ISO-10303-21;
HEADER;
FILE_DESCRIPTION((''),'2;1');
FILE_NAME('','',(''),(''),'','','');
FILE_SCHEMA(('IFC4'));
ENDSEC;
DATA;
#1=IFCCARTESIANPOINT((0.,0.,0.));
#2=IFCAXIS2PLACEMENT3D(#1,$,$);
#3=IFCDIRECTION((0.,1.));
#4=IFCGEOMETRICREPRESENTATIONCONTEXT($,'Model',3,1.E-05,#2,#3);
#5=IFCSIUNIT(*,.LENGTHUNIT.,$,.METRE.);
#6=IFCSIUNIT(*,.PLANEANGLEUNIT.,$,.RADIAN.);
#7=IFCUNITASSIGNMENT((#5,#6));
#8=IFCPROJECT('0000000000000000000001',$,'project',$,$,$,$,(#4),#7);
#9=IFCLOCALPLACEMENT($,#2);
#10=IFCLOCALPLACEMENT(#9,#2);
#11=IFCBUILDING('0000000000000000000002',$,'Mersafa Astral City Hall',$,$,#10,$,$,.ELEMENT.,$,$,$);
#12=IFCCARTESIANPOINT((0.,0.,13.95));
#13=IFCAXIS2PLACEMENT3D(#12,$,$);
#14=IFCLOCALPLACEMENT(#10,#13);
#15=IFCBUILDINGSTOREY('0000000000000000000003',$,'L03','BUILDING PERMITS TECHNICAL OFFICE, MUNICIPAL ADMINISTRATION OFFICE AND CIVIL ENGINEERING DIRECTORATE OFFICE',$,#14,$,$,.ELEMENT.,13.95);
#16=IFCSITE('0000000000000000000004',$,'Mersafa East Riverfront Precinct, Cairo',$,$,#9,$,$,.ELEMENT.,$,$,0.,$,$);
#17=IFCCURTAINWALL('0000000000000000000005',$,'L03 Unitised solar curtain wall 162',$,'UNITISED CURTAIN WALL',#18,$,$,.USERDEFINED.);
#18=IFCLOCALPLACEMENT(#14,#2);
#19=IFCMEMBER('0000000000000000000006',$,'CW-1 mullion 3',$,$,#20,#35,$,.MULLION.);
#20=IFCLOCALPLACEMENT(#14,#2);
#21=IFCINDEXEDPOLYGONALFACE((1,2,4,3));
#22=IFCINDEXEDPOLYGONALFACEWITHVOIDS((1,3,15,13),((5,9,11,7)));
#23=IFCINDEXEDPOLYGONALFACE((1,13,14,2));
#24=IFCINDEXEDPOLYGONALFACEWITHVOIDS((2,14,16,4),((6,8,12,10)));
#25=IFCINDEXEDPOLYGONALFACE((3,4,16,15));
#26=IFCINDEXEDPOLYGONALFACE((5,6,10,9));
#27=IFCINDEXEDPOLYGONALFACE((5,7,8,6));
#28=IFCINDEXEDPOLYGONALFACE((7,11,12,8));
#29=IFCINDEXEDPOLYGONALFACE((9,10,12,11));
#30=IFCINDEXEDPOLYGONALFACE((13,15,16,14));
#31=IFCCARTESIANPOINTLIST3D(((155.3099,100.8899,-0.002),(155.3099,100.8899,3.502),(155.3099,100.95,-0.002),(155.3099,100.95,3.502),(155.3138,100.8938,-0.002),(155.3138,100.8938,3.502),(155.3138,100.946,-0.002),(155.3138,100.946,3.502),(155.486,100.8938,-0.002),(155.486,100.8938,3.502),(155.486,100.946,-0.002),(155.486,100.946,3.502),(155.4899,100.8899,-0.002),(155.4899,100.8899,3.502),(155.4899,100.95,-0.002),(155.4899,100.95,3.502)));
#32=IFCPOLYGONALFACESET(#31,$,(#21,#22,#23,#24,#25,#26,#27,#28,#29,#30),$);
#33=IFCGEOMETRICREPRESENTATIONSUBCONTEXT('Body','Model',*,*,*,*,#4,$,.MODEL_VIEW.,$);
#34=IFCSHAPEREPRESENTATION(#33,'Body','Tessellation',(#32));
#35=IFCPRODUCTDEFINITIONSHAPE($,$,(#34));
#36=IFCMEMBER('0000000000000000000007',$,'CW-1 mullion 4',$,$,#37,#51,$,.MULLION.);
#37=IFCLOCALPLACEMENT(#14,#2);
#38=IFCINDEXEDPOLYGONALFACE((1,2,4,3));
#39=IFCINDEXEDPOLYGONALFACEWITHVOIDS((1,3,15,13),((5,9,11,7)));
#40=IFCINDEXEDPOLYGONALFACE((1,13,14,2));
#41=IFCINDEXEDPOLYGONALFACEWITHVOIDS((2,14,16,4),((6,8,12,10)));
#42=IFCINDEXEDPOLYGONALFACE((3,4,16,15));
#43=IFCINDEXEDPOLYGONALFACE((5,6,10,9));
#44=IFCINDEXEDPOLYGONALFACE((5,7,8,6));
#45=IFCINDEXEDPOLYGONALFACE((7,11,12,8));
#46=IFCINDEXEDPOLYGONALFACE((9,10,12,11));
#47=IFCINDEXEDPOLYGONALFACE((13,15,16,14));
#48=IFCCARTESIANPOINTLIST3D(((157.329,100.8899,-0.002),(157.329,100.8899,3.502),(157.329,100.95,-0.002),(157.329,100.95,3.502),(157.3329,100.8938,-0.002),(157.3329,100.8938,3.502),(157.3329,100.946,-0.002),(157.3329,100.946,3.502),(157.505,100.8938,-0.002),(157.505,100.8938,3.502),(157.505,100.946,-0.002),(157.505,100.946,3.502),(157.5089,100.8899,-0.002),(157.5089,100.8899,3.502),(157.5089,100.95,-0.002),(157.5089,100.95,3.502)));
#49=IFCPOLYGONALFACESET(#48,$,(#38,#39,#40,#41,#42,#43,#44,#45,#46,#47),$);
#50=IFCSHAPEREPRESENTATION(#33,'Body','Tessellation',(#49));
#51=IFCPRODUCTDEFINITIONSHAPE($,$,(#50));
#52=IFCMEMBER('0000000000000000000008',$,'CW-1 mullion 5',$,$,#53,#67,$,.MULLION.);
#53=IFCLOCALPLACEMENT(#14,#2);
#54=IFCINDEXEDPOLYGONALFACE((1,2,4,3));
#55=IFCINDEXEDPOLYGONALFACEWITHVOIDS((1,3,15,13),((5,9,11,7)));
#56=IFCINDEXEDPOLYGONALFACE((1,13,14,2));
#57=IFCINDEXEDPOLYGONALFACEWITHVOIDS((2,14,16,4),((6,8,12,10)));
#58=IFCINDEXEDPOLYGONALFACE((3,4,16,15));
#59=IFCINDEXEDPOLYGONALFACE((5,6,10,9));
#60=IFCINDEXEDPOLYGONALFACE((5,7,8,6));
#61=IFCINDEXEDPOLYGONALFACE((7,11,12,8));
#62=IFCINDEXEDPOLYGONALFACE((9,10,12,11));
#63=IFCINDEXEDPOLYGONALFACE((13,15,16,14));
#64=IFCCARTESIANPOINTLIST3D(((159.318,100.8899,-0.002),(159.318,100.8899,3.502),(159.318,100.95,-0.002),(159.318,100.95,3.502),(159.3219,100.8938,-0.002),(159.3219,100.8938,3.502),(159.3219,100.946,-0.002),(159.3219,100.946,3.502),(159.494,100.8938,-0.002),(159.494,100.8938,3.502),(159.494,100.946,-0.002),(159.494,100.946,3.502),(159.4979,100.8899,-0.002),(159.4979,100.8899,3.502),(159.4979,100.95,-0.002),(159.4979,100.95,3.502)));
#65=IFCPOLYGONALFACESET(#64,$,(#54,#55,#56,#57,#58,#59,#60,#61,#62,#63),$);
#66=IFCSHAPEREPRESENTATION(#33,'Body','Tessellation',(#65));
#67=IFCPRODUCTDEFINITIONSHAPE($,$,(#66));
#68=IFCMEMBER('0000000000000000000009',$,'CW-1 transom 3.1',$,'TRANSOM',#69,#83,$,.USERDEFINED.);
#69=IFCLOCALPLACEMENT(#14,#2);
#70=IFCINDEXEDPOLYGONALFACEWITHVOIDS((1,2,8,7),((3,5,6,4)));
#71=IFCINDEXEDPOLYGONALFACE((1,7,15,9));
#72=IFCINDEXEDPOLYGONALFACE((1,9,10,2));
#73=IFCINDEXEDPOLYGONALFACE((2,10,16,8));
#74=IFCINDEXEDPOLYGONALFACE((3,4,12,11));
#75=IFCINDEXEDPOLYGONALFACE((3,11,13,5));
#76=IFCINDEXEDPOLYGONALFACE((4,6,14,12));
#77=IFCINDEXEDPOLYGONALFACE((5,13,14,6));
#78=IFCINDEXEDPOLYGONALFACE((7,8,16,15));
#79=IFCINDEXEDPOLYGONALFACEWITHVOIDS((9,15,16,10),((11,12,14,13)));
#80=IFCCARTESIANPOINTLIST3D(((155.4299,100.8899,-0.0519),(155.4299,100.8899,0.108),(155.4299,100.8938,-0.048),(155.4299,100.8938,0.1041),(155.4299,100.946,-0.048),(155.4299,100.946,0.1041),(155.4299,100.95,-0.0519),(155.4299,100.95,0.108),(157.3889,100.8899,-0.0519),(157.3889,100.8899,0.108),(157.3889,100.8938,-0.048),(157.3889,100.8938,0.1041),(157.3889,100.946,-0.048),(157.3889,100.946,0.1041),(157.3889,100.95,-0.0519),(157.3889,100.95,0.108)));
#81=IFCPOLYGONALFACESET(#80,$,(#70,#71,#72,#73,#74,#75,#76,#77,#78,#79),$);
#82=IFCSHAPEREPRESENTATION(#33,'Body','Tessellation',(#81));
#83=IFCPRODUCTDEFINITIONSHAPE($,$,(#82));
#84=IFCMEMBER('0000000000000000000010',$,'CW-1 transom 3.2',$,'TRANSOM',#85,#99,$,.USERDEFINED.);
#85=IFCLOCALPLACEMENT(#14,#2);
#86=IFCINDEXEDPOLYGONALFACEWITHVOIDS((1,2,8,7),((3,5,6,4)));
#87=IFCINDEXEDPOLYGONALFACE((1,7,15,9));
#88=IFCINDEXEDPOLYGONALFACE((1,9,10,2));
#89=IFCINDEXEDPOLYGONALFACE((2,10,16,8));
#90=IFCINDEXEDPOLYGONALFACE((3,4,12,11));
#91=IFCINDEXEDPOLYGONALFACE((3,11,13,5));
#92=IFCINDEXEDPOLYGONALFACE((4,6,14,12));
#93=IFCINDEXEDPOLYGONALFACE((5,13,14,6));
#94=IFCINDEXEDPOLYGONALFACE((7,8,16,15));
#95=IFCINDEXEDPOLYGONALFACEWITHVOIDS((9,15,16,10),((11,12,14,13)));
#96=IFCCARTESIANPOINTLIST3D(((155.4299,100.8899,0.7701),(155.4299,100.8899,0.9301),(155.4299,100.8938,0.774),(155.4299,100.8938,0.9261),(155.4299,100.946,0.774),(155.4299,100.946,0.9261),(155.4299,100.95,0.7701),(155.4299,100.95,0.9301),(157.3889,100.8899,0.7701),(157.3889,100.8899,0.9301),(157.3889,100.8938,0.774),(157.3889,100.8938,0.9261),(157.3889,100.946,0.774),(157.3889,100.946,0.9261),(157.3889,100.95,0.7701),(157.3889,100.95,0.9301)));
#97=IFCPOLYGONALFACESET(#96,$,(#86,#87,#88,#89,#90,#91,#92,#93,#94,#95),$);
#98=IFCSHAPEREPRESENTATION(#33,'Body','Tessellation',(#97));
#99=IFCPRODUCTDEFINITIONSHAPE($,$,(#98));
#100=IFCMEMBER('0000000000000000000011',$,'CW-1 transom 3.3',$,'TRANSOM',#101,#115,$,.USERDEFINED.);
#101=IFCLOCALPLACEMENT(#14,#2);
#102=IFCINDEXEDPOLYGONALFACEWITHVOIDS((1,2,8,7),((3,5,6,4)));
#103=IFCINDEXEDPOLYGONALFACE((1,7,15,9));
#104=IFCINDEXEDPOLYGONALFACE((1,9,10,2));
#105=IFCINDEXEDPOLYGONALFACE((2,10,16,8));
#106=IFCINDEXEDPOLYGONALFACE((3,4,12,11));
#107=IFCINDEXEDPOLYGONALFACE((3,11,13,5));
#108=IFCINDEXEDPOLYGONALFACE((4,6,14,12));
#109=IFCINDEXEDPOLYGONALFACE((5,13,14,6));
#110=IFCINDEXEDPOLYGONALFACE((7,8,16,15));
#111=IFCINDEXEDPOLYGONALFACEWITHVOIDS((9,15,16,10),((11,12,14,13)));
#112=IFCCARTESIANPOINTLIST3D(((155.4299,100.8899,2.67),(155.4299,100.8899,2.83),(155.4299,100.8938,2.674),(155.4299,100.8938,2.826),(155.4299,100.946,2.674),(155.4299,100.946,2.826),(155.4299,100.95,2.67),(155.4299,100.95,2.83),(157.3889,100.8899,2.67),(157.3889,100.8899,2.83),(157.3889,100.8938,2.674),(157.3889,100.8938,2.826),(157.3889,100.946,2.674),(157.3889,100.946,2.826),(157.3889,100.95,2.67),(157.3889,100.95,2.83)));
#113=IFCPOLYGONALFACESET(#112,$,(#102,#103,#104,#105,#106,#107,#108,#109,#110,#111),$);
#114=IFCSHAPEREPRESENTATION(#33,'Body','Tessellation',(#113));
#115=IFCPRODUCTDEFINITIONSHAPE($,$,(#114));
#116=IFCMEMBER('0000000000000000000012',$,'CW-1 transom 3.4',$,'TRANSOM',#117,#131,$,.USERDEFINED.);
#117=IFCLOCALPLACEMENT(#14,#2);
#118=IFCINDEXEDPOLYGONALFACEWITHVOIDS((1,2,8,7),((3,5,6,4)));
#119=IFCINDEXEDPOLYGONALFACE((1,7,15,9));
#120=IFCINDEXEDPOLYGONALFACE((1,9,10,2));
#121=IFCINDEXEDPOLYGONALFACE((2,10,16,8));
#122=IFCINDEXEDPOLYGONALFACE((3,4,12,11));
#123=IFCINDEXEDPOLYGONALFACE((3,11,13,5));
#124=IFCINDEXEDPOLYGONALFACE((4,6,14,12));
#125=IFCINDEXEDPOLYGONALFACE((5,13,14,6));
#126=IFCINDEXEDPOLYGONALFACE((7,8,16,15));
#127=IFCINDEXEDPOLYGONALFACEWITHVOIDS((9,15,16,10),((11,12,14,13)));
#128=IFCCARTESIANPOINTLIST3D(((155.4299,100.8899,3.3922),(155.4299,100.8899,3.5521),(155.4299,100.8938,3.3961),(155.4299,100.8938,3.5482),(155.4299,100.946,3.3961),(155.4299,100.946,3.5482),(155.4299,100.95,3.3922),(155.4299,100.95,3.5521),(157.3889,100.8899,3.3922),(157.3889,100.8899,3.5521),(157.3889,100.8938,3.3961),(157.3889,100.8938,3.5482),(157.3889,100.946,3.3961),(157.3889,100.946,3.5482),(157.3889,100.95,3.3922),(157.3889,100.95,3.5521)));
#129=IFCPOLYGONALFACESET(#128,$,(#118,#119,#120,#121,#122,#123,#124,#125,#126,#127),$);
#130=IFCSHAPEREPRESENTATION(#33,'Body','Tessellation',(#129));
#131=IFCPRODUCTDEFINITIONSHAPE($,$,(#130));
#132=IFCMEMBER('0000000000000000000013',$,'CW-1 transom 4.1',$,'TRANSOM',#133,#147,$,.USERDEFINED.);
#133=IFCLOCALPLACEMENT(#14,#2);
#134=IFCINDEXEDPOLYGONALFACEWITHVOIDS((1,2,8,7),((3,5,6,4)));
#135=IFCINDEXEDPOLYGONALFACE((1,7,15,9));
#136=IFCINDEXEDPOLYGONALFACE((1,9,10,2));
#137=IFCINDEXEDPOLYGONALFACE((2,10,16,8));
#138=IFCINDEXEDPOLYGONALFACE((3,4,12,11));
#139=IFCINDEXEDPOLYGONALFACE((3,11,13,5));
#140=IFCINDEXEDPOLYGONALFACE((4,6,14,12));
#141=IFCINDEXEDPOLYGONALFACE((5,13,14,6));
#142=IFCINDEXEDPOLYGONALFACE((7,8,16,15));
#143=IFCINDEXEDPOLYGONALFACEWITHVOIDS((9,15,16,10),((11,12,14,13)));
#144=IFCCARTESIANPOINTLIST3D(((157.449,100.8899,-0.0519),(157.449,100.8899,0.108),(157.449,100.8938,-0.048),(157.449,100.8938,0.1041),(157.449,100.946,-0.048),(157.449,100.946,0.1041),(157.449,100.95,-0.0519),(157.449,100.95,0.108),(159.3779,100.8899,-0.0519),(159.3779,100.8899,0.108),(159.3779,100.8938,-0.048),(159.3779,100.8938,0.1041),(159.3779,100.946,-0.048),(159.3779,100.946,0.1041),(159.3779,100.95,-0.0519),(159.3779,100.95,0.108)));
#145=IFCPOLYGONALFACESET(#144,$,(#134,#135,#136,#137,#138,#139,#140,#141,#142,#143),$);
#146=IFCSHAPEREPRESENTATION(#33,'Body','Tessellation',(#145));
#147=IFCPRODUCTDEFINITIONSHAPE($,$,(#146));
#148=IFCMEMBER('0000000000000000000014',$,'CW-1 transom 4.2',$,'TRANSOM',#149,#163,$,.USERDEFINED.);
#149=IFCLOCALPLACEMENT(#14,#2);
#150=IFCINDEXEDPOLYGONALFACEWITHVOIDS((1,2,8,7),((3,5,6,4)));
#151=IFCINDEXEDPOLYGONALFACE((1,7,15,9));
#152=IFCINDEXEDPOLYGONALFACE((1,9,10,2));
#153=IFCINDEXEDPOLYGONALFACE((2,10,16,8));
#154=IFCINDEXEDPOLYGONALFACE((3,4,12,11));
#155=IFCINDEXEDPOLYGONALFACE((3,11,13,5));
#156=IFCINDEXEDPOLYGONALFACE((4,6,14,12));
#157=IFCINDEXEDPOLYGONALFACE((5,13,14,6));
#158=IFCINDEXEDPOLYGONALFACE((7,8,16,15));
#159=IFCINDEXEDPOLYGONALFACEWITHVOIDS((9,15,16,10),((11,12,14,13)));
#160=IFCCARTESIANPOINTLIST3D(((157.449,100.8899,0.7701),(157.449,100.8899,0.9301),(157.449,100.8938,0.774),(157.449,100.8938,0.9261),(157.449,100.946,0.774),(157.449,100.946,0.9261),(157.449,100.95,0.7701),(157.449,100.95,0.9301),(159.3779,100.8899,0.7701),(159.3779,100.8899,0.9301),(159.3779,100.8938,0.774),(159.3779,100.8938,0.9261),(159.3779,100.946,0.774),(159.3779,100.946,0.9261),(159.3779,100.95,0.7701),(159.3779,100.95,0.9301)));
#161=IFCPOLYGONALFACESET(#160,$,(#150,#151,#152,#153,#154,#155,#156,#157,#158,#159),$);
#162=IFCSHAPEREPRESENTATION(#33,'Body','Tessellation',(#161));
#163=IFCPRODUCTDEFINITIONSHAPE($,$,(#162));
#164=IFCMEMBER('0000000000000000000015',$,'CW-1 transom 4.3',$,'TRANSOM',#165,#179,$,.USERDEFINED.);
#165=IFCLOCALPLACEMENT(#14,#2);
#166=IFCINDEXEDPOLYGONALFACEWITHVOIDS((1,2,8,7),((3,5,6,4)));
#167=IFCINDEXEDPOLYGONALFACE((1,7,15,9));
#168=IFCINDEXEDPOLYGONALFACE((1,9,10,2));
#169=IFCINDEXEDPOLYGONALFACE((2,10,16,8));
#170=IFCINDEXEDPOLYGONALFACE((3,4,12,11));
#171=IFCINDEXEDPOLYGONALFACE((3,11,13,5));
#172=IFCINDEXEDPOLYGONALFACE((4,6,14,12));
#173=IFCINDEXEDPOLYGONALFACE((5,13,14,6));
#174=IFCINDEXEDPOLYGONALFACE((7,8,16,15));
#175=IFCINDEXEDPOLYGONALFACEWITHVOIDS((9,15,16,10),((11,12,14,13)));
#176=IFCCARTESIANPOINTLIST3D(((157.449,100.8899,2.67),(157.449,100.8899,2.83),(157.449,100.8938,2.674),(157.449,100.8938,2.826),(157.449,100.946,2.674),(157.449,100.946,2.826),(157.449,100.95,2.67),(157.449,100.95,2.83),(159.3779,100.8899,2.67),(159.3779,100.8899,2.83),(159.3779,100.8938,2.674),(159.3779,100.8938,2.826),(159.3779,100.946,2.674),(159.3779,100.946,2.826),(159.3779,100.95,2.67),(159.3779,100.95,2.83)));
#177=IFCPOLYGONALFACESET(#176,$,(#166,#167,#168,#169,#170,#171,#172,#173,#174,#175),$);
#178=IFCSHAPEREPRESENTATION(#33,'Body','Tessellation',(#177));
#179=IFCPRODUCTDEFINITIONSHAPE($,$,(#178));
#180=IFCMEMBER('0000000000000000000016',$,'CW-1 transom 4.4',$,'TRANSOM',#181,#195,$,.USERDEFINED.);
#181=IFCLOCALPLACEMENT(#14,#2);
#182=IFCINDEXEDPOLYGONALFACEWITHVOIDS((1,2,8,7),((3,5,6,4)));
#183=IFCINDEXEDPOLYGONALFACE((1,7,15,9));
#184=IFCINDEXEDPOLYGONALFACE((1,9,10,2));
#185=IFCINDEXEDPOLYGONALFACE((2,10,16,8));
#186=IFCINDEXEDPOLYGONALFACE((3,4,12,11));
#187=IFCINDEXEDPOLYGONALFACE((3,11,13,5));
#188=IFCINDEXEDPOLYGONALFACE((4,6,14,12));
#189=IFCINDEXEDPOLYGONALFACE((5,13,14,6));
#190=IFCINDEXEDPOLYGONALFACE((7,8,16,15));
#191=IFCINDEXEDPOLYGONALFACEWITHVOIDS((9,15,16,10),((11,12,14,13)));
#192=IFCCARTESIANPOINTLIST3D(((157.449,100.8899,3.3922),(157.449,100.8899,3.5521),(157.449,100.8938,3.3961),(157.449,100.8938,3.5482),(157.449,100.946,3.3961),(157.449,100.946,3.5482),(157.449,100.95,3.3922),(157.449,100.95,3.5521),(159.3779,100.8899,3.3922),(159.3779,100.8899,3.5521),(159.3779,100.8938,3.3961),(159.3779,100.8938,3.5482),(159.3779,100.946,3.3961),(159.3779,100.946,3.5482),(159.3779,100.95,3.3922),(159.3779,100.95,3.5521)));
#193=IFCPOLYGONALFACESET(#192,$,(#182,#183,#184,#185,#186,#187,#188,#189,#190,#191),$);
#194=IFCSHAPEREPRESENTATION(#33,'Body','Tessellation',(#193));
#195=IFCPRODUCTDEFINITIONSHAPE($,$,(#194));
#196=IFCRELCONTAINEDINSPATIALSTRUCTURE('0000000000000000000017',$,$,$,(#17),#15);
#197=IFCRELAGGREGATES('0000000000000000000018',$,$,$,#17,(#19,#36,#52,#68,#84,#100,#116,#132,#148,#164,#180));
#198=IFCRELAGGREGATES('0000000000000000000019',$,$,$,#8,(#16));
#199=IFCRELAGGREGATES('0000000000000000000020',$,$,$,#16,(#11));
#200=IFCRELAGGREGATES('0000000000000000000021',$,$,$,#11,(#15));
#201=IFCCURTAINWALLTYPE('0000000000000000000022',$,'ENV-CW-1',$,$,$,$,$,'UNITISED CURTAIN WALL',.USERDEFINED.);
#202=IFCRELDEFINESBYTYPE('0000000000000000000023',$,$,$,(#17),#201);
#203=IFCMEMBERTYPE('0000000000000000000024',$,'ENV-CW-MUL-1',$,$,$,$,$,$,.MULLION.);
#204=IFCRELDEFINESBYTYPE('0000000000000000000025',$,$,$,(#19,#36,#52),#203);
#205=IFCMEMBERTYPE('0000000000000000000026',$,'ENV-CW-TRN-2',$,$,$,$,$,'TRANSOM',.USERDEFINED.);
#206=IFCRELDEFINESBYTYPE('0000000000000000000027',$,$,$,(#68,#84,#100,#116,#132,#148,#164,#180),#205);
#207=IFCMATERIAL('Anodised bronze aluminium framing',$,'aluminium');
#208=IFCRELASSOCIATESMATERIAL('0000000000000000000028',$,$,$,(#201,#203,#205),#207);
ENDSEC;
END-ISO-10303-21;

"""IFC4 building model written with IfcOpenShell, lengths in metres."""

from ifc_helpers import new_model, si_unit, direction, frame, origin, origin_2d, place, context, subcontext, project, spatial, hollow_rectangle, extrude, material, material_profile, profile_set, type_object, element, aggregate, save


model = new_model("IFC4")

# Units and contexts
model_context = context("Model", 3, precision=1e-05, world=origin(), true_north=direction((0.0, 1.0)))
body_context = subcontext(model_context, "Body", "Model", "MODEL_VIEW")
ifc_project = project(units=[si_unit("LENGTHUNIT", "METRE"), si_unit("PLANEANGLEUNIT", "RADIAN")], contexts=[model_context])

# Site, building, storey
site_placement = place(None, origin())
site = spatial("IfcSite", under=ifc_project, at=site_placement, Name="Mersafa East Riverfront Precinct, Cairo", CompositionType="ELEMENT", RefElevation=0.0)
building_placement = place(site_placement, origin())
building = spatial("IfcBuilding", under=site, at=building_placement, Name="Mersafa Astral City Hall", CompositionType="ELEMENT")
storey_placement = place(building_placement, frame((0.0, 0.0, 13.95)))
storey = spatial("IfcBuildingStorey", under=building, at=storey_placement, Name="L03", Description="BUILDING PERMITS TECHNICAL OFFICE, MUNICIPAL ADMINISTRATION OFFICE AND CIVIL ENGINEERING DIRECTORATE OFFICE", CompositionType="ELEMENT", Elevation=13.95)

# Curtain wall, members
ifc_material_1 = material(Name="Anodised bronze aluminium framing", Category="aluminium")
curtain_wall_type = type_object("IfcCurtainWallType", Name="ENV-CW-1", ElementType="UNITISED CURTAIN WALL", PredefinedType="USERDEFINED", material=ifc_material_1)
curtain_wall_placement = place(storey_placement, origin())
curtain_wall = element("IfcCurtainWall", 1, at=curtain_wall_placement, inside=storey, type_object=curtain_wall_type, Name="L03 Unitised solar curtain wall 162", ObjectType="UNITISED CURTAIN WALL", PredefinedType="USERDEFINED")
ifc_material_profile_1 = material_profile(ifc_material_1, hollow_rectangle(XDim=0.0601, YDim=0.1799, WallThickness=0.0039, at=origin_2d()), Name="RHS 60x180x4")
ifc_profile_set_1 = profile_set([ifc_material_profile_1], Name="Anodised bronze aluminium framing")
member_type_1 = type_object("IfcMemberType", Name="ENV-CW-MUL-1", PredefinedType="MULLION", material=ifc_profile_set_1)
member_1_placement = place(storey_placement, frame((155.3999, 100.9199, -0.002), z_axis=(0.0, 0.0, 1.0), x_axis=(0.0, 1.0, 0.0)))
member_1 = element("IfcMember", 2, at=member_1_placement, type_object=member_type_1, Name="CW-1 mullion 3", PredefinedType="MULLION", context=body_context, shape_type="SweptSolid", body=[
    extrude(hollow_rectangle(XDim=0.0601, YDim=0.1799, WallThickness=0.0039, at=origin_2d()), origin(), (0.0, 0.0, 1.0), 3.5039),
])
member_2_placement = place(storey_placement, frame((157.4189, 100.9199, -0.002), z_axis=(0.0, 0.0, 1.0), x_axis=(0.0, 1.0, 0.0)))
member_2 = element("IfcMember", 3, at=member_2_placement, type_object=member_type_1, Name="CW-1 mullion 4", PredefinedType="MULLION", context=body_context, shape_type="SweptSolid", body=[
    extrude(hollow_rectangle(XDim=0.0601, YDim=0.1799, WallThickness=0.0039, at=origin_2d()), origin(), (0.0, 0.0, 1.0), 3.5039),
])
member_3_placement = place(storey_placement, frame((159.408, 100.9199, -0.002), z_axis=(0.0, 0.0, 1.0), x_axis=(0.0, 1.0, 0.0)))
member_3 = element("IfcMember", 4, at=member_3_placement, type_object=member_type_1, Name="CW-1 mullion 5", PredefinedType="MULLION", context=body_context, shape_type="SweptSolid", body=[
    extrude(hollow_rectangle(XDim=0.0601, YDim=0.1799, WallThickness=0.0039, at=origin_2d()), origin(), (0.0, 0.0, 1.0), 3.5039),
])
ifc_material_profile_2 = material_profile(ifc_material_1, hollow_rectangle(XDim=0.0601, YDim=0.1599, WallThickness=0.0039, at=origin_2d()), Name="RHS 60x160x4")
ifc_profile_set_2 = profile_set([ifc_material_profile_2], Name="Anodised bronze aluminium framing")
member_type_2 = type_object("IfcMemberType", Name="ENV-CW-TRN-2", ElementType="TRANSOM", PredefinedType="USERDEFINED", material=ifc_profile_set_2)
member_4_placement = place(storey_placement, frame((155.4299, 100.9199, 0.0281), z_axis=(1.0, 0.0, 0.0), x_axis=(0.0, 1.0, 0.0)))
member_4 = element("IfcMember", 5, at=member_4_placement, type_object=member_type_2, Name="CW-1 transom 3.1", ObjectType="TRANSOM", PredefinedType="USERDEFINED", context=body_context, shape_type="SweptSolid", body=[
    extrude(hollow_rectangle(XDim=0.0601, YDim=0.1599, WallThickness=0.0039, at=origin_2d()), origin(), (0.0, 0.0, 1.0), 1.959),
])
member_5_placement = place(storey_placement, frame((155.4299, 100.9199, 0.8501), z_axis=(1.0, 0.0, 0.0), x_axis=(0.0, 1.0, 0.0)))
member_5 = element("IfcMember", 6, at=member_5_placement, type_object=member_type_2, Name="CW-1 transom 3.2", ObjectType="TRANSOM", PredefinedType="USERDEFINED", context=body_context, shape_type="SweptSolid", body=[
    extrude(hollow_rectangle(XDim=0.0601, YDim=0.1599, WallThickness=0.0039, at=origin_2d()), origin(), (0.0, 0.0, 1.0), 1.959),
])
member_6_placement = place(storey_placement, frame((155.4299, 100.9199, 2.75), z_axis=(1.0, 0.0, 0.0), x_axis=(0.0, 1.0, 0.0)))
member_6 = element("IfcMember", 7, at=member_6_placement, type_object=member_type_2, Name="CW-1 transom 3.3", ObjectType="TRANSOM", PredefinedType="USERDEFINED", context=body_context, shape_type="SweptSolid", body=[
    extrude(hollow_rectangle(XDim=0.0601, YDim=0.1599, WallThickness=0.0039, at=origin_2d()), origin(), (0.0, 0.0, 1.0), 1.959),
])
member_7_placement = place(storey_placement, frame((155.4299, 100.9199, 3.4722), z_axis=(1.0, 0.0, 0.0), x_axis=(0.0, 1.0, 0.0)))
member_7 = element("IfcMember", 8, at=member_7_placement, type_object=member_type_2, Name="CW-1 transom 3.4", ObjectType="TRANSOM", PredefinedType="USERDEFINED", context=body_context, shape_type="SweptSolid", body=[
    extrude(hollow_rectangle(XDim=0.0601, YDim=0.1599, WallThickness=0.0039, at=origin_2d()), origin(), (0.0, 0.0, 1.0), 1.959),
])
member_8_placement = place(storey_placement, frame((157.449, 100.9199, 0.0281), z_axis=(1.0, 0.0, 0.0), x_axis=(0.0, 1.0, 0.0)))
member_8 = element("IfcMember", 9, at=member_8_placement, type_object=member_type_2, Name="CW-1 transom 4.1", ObjectType="TRANSOM", PredefinedType="USERDEFINED", context=body_context, shape_type="SweptSolid", body=[
    extrude(hollow_rectangle(XDim=0.0601, YDim=0.1599, WallThickness=0.0039, at=origin_2d()), origin(), (0.0, 0.0, 1.0), 1.929),
])
member_9_placement = place(storey_placement, frame((157.449, 100.9199, 0.8501), z_axis=(1.0, 0.0, 0.0), x_axis=(0.0, 1.0, 0.0)))
member_9 = element("IfcMember", 10, at=member_9_placement, type_object=member_type_2, Name="CW-1 transom 4.2", ObjectType="TRANSOM", PredefinedType="USERDEFINED", context=body_context, shape_type="SweptSolid", body=[
    extrude(hollow_rectangle(XDim=0.0601, YDim=0.1599, WallThickness=0.0039, at=origin_2d()), origin(), (0.0, 0.0, 1.0), 1.929),
])
member_10_placement = place(storey_placement, frame((157.449, 100.9199, 2.75), z_axis=(1.0, 0.0, 0.0), x_axis=(0.0, 1.0, 0.0)))
member_10 = element("IfcMember", 11, at=member_10_placement, type_object=member_type_2, Name="CW-1 transom 4.3", ObjectType="TRANSOM", PredefinedType="USERDEFINED", context=body_context, shape_type="SweptSolid", body=[
    extrude(hollow_rectangle(XDim=0.0601, YDim=0.1599, WallThickness=0.0039, at=origin_2d()), origin(), (0.0, 0.0, 1.0), 1.929),
])
member_11_placement = place(storey_placement, frame((157.449, 100.9199, 3.4722), z_axis=(1.0, 0.0, 0.0), x_axis=(0.0, 1.0, 0.0)))
member_11 = element("IfcMember", 12, at=member_11_placement, type_object=member_type_2, Name="CW-1 transom 4.4", ObjectType="TRANSOM", PredefinedType="USERDEFINED", context=body_context, shape_type="SweptSolid", body=[
    extrude(hollow_rectangle(XDim=0.0601, YDim=0.1599, WallThickness=0.0039, at=origin_2d()), origin(), (0.0, 0.0, 1.0), 1.929),
])

aggregate(curtain_wall, [member_1, member_2, member_3, member_4, member_5, member_6, member_7, member_8, member_9, member_10, member_11])

save(model, "model.ifc")
